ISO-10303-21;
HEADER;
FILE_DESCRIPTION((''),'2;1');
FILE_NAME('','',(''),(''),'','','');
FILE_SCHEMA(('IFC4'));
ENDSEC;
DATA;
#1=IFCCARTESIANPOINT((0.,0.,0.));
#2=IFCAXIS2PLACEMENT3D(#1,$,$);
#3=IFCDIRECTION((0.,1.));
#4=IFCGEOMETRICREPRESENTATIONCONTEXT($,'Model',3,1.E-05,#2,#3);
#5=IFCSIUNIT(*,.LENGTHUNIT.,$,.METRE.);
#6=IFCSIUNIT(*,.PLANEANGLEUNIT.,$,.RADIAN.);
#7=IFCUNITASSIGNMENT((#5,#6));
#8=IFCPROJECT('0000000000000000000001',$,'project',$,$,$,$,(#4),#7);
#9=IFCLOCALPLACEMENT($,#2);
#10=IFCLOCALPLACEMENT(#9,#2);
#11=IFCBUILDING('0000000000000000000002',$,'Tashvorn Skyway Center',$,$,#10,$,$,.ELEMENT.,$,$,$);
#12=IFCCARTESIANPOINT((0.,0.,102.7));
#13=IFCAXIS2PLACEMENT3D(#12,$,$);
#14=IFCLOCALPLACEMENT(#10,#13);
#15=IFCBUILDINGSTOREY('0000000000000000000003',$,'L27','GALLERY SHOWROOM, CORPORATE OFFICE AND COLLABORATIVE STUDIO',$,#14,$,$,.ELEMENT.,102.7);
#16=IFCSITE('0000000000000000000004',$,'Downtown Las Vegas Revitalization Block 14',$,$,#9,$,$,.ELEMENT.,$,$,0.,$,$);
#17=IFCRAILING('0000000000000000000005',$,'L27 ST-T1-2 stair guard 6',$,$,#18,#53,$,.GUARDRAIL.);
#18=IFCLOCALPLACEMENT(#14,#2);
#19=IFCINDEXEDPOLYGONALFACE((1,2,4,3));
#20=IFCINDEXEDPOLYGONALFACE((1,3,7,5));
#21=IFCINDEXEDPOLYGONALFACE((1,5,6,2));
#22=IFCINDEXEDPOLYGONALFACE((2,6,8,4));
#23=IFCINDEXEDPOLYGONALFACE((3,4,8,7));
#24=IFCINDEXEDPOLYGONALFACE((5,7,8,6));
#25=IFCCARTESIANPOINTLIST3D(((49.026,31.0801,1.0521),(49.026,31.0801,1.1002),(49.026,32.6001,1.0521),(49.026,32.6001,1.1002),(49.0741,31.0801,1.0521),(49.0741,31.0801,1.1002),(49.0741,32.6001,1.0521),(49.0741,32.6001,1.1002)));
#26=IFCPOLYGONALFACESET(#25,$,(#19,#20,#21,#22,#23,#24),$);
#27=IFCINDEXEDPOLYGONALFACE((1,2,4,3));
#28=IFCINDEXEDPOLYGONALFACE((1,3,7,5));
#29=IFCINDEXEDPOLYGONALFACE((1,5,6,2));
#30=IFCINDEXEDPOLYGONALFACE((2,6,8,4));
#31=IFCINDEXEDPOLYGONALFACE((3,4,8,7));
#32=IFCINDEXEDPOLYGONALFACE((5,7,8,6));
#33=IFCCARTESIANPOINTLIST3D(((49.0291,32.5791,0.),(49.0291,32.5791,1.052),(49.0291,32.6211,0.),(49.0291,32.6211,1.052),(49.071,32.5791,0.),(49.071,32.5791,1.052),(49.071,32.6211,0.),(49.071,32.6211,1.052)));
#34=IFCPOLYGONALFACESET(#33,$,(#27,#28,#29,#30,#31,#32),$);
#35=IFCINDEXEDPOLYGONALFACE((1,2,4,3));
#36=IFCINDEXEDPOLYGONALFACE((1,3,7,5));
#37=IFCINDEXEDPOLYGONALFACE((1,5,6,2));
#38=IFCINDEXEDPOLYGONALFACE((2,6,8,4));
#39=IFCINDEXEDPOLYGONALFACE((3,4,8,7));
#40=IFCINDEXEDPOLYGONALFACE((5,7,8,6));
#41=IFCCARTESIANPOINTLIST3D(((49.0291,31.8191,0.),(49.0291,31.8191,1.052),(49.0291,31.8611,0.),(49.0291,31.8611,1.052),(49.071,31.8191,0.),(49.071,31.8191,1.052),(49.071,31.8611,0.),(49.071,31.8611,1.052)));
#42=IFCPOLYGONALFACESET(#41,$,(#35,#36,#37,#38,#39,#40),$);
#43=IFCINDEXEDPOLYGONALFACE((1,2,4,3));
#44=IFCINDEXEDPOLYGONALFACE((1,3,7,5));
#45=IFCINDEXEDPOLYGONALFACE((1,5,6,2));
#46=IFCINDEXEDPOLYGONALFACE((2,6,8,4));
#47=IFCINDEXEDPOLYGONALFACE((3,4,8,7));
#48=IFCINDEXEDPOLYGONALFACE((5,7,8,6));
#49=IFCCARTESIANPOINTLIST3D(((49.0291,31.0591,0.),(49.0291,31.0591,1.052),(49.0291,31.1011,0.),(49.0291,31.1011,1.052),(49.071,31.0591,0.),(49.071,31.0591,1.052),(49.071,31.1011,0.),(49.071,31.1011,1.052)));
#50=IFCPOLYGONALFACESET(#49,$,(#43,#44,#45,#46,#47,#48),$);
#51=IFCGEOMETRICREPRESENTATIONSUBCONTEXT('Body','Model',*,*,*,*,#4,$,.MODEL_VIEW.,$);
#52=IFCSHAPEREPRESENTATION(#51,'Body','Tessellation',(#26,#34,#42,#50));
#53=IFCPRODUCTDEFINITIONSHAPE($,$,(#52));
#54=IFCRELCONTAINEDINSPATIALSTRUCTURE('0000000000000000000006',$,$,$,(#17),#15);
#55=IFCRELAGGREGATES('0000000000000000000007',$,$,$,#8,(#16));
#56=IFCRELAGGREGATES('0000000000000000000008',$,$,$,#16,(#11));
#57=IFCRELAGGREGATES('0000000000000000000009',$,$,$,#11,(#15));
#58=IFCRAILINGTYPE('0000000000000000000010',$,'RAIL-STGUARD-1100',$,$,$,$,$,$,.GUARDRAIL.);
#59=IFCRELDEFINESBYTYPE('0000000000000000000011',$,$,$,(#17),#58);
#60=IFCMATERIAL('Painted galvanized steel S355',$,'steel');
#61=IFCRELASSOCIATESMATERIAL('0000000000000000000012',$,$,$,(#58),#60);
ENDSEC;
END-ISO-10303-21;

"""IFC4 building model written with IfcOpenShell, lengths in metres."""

from ifc_helpers import new_model, si_unit, direction, frame, origin, origin_2d, place, context, subcontext, project, spatial, rectangle, extrude, material, type_object, element, save


model = new_model("IFC4")

# Units and contexts
model_context = context("Model", 3, precision=1e-05, world=origin(), true_north=direction((0.0, 1.0)))
body_context = subcontext(model_context, "Body", "Model", "MODEL_VIEW")
ifc_project = project(units=[si_unit("LENGTHUNIT", "METRE"), si_unit("PLANEANGLEUNIT", "RADIAN")], contexts=[model_context])

# Site, building, storey
site_placement = place(None, origin())
site = spatial("IfcSite", under=ifc_project, at=site_placement, Name="Downtown Las Vegas Revitalization Block 14", CompositionType="ELEMENT", RefElevation=0.0)
building_placement = place(site_placement, origin())
building = spatial("IfcBuilding", under=site, at=building_placement, Name="Tashvorn Skyway Center", CompositionType="ELEMENT")
storey_placement = place(building_placement, frame((0.0, 0.0, 102.7)))
storey = spatial("IfcBuildingStorey", under=building, at=storey_placement, Name="L27", Description="GALLERY SHOWROOM, CORPORATE OFFICE AND COLLABORATIVE STUDIO", CompositionType="ELEMENT", Elevation=102.7)

# Railing
ifc_material_1 = material(Name="Painted galvanized steel S355", Category="steel")
railing_type = type_object("IfcRailingType", Name="RAIL-STGUARD-1100", PredefinedType="GUARDRAIL", material=ifc_material_1)
railing_placement = place(storey_placement, frame((49.05, 32.6001, 0.0)))
element("IfcRailing", 1, at=railing_placement, inside=storey, type_object=railing_type, Name="L27 ST-T1-2 stair guard 6", PredefinedType="GUARDRAIL", context=body_context, shape_type="SweptSolid", body=[
    extrude(rectangle(XDim=0.0481, YDim=0.0481, at=origin_2d()), frame((0.0, 0.0, 1.0762), z_axis=(0.0, -1.0, 0.0), x_axis=(1.0, 0.0, 0.0)), (0.0, 0.0, 1.0), 1.52),
    extrude(rectangle(XDim=0.042, YDim=0.042, at=origin_2d()), origin(), (0.0, 0.0, 1.0), 1.052),
    extrude(rectangle(XDim=0.042, YDim=0.042, at=origin_2d()), frame((0.0, -0.76, 0.0)), (0.0, 0.0, 1.0), 1.052),
    extrude(rectangle(XDim=0.042, YDim=0.042, at=origin_2d()), frame((0.0, -1.52, 0.0)), (0.0, 0.0, 1.0), 1.052),
])

save(model, "model.ifc")
